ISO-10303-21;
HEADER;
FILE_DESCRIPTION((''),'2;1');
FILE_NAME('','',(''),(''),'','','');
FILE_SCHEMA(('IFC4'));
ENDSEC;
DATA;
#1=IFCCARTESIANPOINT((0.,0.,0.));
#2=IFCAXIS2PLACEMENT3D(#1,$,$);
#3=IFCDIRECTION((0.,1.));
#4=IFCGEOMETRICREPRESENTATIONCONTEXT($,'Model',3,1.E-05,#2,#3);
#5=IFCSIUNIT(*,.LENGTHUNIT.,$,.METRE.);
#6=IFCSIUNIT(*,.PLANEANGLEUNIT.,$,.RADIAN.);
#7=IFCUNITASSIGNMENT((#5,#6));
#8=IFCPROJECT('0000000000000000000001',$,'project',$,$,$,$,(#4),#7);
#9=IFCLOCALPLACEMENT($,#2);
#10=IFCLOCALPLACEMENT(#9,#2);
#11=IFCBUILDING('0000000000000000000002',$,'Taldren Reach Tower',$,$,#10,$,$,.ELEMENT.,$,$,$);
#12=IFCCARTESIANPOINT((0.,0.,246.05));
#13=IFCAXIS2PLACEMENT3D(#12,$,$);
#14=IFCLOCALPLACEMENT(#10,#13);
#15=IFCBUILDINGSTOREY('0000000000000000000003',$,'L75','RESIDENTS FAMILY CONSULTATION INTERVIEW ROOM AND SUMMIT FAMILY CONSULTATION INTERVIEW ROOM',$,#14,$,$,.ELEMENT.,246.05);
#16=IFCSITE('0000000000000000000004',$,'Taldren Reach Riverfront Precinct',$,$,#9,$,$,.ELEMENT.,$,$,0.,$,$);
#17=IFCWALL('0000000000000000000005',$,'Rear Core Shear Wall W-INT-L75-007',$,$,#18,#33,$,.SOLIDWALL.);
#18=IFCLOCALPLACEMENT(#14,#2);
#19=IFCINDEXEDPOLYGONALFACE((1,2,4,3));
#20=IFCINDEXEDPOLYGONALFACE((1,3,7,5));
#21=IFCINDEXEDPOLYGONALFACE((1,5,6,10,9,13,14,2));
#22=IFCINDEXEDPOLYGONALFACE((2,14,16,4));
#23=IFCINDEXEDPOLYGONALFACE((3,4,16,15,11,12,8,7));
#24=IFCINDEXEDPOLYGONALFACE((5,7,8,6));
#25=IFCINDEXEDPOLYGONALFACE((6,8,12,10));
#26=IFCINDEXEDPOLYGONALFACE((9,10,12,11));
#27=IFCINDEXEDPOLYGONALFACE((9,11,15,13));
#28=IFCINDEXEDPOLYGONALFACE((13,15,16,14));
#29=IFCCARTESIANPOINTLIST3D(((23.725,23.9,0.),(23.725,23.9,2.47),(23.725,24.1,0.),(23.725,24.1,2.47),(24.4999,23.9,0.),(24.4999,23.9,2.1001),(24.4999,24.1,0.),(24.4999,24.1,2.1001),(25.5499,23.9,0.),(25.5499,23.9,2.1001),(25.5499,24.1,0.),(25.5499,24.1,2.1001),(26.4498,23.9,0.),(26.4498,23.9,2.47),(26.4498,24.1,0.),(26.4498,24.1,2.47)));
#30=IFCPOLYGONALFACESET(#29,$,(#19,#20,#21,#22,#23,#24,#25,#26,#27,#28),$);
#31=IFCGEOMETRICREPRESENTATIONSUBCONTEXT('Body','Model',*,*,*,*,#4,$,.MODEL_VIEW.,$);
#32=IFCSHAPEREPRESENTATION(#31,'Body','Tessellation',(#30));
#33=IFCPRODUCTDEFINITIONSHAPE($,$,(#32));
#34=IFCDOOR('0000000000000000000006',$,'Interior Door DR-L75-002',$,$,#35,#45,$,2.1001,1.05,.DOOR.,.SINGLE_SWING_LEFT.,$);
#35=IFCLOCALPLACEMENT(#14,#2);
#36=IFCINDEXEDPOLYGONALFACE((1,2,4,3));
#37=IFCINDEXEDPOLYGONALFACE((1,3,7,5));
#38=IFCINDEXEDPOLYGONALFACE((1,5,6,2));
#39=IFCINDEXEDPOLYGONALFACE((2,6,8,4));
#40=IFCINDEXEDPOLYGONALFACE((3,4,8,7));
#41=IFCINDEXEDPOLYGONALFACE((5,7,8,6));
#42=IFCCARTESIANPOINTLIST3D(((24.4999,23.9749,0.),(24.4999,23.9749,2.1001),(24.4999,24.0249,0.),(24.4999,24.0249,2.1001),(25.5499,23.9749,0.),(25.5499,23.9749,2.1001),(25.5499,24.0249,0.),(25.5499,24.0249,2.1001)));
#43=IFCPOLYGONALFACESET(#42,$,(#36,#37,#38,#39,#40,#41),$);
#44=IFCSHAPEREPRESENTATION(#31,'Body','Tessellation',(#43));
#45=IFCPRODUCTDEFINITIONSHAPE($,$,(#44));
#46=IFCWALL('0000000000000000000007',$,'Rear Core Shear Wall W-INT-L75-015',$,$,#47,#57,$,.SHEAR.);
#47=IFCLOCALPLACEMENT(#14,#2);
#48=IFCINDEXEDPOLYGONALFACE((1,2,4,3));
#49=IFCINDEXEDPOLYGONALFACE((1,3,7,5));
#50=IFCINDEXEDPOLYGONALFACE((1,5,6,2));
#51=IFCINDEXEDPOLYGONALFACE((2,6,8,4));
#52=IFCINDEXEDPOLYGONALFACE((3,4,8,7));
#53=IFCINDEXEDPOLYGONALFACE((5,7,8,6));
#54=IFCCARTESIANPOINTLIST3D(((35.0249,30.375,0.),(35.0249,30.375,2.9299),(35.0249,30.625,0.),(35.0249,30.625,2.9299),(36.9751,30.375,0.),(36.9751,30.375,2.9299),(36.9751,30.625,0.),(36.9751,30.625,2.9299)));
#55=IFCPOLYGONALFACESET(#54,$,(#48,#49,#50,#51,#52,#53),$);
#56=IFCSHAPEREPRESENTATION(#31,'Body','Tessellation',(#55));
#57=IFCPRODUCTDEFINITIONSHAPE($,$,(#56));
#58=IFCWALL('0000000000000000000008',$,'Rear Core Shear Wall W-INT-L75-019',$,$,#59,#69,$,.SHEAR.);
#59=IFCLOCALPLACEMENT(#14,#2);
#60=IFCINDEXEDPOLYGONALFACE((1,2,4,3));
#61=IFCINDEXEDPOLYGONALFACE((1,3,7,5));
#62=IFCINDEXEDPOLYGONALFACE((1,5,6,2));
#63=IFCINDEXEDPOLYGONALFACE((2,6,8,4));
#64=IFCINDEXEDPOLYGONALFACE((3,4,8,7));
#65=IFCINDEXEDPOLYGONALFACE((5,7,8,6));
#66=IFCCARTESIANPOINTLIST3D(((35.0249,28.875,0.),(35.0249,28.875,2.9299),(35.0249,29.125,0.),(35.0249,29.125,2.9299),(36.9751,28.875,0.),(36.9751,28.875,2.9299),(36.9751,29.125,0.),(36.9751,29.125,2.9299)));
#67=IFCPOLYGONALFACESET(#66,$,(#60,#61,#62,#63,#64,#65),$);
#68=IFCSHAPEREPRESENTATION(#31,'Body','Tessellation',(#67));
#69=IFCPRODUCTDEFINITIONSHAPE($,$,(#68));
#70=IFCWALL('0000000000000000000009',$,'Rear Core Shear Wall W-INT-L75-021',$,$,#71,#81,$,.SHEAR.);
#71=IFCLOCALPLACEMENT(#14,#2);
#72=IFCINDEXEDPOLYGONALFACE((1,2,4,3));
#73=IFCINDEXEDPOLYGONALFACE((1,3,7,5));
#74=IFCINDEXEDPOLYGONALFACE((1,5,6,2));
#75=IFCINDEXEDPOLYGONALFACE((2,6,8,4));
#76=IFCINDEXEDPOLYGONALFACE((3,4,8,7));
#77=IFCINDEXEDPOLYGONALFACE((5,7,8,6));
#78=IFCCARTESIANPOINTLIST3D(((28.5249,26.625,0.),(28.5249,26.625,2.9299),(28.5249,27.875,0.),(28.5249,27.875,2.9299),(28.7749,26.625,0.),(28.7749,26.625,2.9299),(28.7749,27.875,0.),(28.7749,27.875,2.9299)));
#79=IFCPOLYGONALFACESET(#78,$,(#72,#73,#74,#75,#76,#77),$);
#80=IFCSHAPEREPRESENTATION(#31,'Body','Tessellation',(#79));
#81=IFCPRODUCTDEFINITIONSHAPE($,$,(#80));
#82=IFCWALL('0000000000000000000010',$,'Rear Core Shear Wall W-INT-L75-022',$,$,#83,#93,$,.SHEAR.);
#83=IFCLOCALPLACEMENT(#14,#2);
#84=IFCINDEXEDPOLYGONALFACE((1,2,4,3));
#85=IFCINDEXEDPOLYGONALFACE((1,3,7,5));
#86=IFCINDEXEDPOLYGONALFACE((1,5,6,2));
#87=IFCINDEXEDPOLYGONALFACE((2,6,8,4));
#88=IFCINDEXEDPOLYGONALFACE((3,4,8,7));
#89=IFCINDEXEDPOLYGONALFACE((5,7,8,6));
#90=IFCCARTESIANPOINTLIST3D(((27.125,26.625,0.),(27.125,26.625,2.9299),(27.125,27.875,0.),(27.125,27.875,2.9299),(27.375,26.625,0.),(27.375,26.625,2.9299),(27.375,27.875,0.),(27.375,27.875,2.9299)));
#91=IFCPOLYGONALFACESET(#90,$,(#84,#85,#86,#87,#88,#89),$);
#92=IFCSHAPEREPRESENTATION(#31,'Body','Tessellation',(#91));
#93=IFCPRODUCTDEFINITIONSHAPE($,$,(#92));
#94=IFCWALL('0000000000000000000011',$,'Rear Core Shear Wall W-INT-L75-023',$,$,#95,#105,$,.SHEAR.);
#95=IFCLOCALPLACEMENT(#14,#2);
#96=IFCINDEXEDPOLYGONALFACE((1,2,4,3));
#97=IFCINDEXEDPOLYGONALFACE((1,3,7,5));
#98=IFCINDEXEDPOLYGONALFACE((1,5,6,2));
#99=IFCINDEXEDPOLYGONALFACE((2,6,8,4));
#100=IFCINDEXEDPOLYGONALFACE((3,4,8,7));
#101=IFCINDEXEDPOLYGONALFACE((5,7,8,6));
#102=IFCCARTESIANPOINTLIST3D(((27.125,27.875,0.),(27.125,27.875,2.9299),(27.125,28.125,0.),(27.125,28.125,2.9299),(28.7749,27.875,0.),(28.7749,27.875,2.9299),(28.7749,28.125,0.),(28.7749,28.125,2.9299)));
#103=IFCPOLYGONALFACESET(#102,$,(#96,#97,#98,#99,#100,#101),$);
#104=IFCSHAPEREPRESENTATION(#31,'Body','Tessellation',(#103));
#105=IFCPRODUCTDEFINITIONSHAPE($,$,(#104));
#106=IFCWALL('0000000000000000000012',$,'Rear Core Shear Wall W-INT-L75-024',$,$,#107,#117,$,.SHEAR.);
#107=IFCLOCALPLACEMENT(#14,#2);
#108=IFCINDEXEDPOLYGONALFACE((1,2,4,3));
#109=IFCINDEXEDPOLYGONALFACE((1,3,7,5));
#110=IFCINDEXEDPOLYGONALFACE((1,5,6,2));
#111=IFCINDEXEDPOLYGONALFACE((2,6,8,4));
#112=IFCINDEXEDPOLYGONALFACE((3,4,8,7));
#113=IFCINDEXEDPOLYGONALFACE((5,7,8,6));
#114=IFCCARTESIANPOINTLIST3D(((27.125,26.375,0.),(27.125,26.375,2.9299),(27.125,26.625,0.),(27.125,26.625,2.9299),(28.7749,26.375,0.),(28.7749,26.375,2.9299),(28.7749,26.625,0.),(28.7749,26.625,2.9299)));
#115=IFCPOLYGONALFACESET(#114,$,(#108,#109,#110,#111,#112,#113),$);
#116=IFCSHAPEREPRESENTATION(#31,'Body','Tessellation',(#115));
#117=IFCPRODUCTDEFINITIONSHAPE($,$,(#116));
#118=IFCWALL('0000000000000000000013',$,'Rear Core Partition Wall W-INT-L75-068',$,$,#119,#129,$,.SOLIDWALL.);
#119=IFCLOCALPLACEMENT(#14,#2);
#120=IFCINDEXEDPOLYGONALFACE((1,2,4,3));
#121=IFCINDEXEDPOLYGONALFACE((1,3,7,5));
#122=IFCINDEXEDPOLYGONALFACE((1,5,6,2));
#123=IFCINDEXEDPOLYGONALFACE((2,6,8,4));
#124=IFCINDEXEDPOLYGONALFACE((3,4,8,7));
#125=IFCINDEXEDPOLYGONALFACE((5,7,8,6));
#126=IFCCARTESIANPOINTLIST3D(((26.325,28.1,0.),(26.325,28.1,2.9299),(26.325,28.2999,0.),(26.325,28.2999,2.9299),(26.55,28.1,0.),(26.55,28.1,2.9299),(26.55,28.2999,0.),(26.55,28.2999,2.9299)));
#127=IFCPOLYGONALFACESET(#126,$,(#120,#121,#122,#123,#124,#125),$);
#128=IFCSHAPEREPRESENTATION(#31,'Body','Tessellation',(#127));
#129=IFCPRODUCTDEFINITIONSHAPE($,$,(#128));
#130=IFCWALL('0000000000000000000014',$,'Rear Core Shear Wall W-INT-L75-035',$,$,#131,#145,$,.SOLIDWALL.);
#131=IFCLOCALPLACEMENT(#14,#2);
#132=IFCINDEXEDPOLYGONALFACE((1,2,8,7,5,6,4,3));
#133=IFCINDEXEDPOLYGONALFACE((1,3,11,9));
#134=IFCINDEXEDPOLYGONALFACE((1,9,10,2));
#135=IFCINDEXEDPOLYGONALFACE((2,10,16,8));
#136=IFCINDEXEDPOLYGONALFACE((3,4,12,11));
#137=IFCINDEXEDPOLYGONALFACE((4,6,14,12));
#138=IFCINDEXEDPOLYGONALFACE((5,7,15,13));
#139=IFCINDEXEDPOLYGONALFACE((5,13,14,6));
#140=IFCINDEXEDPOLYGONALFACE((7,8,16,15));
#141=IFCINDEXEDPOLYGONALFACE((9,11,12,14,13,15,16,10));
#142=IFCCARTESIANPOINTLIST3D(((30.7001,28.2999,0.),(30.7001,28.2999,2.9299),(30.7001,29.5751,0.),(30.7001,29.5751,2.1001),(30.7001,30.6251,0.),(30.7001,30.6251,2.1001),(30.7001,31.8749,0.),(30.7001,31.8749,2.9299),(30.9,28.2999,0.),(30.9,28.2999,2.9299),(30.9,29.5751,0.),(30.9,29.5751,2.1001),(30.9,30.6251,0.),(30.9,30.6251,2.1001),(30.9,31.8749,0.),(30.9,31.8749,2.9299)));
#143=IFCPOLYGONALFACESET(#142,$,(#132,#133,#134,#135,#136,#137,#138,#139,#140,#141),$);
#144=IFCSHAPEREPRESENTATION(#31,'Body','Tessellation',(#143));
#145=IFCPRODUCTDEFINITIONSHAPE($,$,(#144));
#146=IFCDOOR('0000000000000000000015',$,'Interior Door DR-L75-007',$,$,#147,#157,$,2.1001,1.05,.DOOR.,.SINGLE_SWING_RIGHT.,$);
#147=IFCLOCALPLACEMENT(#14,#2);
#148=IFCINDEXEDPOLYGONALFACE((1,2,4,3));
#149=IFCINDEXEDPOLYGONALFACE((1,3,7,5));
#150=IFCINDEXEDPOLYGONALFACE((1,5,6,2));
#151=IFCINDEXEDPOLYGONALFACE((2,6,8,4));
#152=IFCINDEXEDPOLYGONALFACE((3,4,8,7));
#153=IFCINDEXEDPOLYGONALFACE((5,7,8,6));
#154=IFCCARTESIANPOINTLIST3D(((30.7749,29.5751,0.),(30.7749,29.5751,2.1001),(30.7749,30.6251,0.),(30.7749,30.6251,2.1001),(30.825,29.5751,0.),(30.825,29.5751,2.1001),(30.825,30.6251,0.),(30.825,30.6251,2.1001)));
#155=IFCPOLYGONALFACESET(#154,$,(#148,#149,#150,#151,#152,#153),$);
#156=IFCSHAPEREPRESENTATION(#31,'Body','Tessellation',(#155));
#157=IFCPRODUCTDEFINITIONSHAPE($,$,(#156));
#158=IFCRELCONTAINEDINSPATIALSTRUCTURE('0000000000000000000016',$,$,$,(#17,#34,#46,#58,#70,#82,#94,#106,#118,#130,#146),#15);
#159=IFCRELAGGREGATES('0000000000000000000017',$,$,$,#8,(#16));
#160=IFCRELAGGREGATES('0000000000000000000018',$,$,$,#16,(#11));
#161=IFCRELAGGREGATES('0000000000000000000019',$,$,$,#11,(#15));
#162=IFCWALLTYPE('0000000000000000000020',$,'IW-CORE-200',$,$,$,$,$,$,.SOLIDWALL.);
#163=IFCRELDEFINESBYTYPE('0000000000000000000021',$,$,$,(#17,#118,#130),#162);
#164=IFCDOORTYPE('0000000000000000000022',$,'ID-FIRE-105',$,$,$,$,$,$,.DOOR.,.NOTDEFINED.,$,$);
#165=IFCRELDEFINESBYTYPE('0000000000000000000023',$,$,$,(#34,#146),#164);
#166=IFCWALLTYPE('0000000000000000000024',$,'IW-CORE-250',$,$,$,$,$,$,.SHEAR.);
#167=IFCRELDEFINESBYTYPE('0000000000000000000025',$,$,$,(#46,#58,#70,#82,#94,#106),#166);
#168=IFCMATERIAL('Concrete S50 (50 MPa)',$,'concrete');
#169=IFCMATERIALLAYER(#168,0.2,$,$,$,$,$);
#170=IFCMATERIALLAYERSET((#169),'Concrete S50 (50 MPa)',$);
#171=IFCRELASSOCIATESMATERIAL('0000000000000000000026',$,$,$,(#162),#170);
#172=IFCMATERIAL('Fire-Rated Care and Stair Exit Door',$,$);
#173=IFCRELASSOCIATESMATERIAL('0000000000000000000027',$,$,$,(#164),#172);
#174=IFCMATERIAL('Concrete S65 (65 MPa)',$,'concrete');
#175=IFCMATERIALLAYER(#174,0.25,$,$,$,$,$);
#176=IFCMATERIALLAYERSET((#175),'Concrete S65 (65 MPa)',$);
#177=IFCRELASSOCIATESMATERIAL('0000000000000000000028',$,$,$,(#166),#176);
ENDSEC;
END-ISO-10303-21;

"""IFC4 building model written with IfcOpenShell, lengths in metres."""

from ifc_helpers import new_model, si_unit, direction, frame, frame_2d, origin, place, context, subcontext, project, spatial, rectangle, extrude, source, transform, mapped, material, layer, layer_set, type_object, element, fill, save


model = new_model("IFC4")

# Units and contexts
model_context = context("Model", 3, precision=1e-05, world=origin(), true_north=direction((0.0, 1.0)))
body_context = subcontext(model_context, "Body", "Model", "MODEL_VIEW")
ifc_project = project(units=[si_unit("LENGTHUNIT", "METRE"), si_unit("PLANEANGLEUNIT", "RADIAN")], contexts=[model_context])

# Site, building, storey
site_placement = place(None, origin())
site = spatial("IfcSite", under=ifc_project, at=site_placement, Name="Taldren Reach Riverfront Precinct", CompositionType="ELEMENT", RefElevation=0.0)
building_placement = place(site_placement, origin())
building = spatial("IfcBuilding", under=site, at=building_placement, Name="Taldren Reach Tower", CompositionType="ELEMENT")
storey_placement = place(building_placement, frame((0.0, 0.0, 246.05)))
storey = spatial("IfcBuildingStorey", under=building, at=storey_placement, Name="L75", Description="RESIDENTS FAMILY CONSULTATION INTERVIEW ROOM AND SUMMIT FAMILY CONSULTATION INTERVIEW ROOM", CompositionType="ELEMENT", Elevation=246.05)

# Shared definitions
ifc_material_1 = material(Name="Concrete S50 (50 MPa)", Category="concrete")
ifc_layer_1 = layer(ifc_material_1, 0.2)
ifc_layer_set_1 = layer_set([ifc_layer_1], Name="Concrete S50 (50 MPa)")
wall_type_1 = type_object("IfcWallType", Name="IW-CORE-200", PredefinedType="SOLIDWALL", material=ifc_layer_set_1)
shared_shape_1 = source(origin(), body_context, "Body", "SweptSolid", [
    extrude(rectangle(XDim=1.05, YDim=2.1001, at=frame_2d((0.5249, 1.05))), frame((0.0, 0.1099, 0.0), z_axis=(0.0, -1.0, 0.0), x_axis=(1.0, 0.0, 0.0)), (0.0, 0.0, 1.0), 0.22),
])
ifc_material_2 = material(Name="Fire-Rated Care and Stair Exit Door")
door_type_1 = type_object("IfcDoorType", Name="ID-FIRE-105", OperationType="NOTDEFINED", PredefinedType="DOOR", material=ifc_material_2)
shared_shape_2 = source(origin(), body_context, "Body", "SweptSolid", [
    extrude(rectangle(XDim=1.05, YDim=2.1001, at=frame_2d((0.5249, 1.05))), frame((0.0, 0.0249, 0.0), z_axis=(0.0, -1.0, 0.0), x_axis=(1.0, 0.0, 0.0)), (0.0, 0.0, 1.0), 0.05),
])

# Shared definitions
ifc_material_3 = material(Name="Concrete S65 (65 MPa)", Category="concrete")
ifc_layer_2 = layer(ifc_material_3, 0.25)
ifc_layer_set_2 = layer_set([ifc_layer_2], Name="Concrete S65 (65 MPa)")
wall_type_2 = type_object("IfcWallType", Name="IW-CORE-250", PredefinedType="SHEAR", material=ifc_layer_set_2)

# Wall, opening, door
shared_shape_3 = source(origin(), body_context, "Body", "SweptSolid", [
    extrude(rectangle(XDim=2.7249, YDim=0.2, at=frame_2d((1.3623, 0.0))), origin(), (0.0, 0.0, 1.0), 2.47),
])
wall_1_placement = place(storey_placement, frame((23.7251, 24.0, 0.0), z_axis=(0.0, 0.0, 1.0), x_axis=(1.0, 0.0, 0.0)))
wall_1 = element("IfcWall", 1, at=wall_1_placement, inside=storey, type_object=wall_type_1, Name="Rear Core Shear Wall W-INT-L75-007", PredefinedType="SOLIDWALL", context=body_context, shape_type="MappedRepresentation", body=[
    mapped(shared_shape_3, transform((0.0, 0.0, 0.0), scale=1.0)),
])
opening_1_placement = place(wall_1_placement, frame((0.7749, 0.0, 0.0)))
opening_1 = element("IfcOpeningElement", 2, at=opening_1_placement, cuts=wall_1, PredefinedType="OPENING", context=body_context, shape_type="MappedRepresentation", body=[
    mapped(shared_shape_1, transform((0.0, 0.0, 0.0), scale=1.0)),
])
door_1_placement = place(opening_1_placement, origin())
door_1 = element("IfcDoor", 3, at=door_1_placement, inside=storey, type_object=door_type_1, Name="Interior Door DR-L75-002", OperationType="SINGLE_SWING_LEFT", OverallHeight=2.1001, OverallWidth=1.05, PredefinedType="DOOR", context=body_context, shape_type="MappedRepresentation", body=[
    mapped(shared_shape_2, transform((0.0, 0.0, 0.0), scale=1.0)),
])
fill(opening_1, door_1)

# Walls
shared_shape_4 = source(origin(), body_context, "Body", "SweptSolid", [
    extrude(rectangle(XDim=1.9502, YDim=0.25, at=frame_2d((0.9751, 0.0))), origin(), (0.0, 0.0, 1.0), 2.9299),
])
for number, where, z_axis, x_axis, name in (
    (4, (35.0249, 30.5, 0.0), (0.0, 0.0, 1.0), (1.0, 0.0, 0.0), "Rear Core Shear Wall W-INT-L75-015"),
    (5, (35.0249, 29.0, 0.0), (0.0, 0.0, 1.0), (1.0, 0.0, 0.0), "Rear Core Shear Wall W-INT-L75-019"),
):
    element("IfcWall", number, at=place(storey_placement, frame(where, z_axis=z_axis, x_axis=x_axis)), inside=storey, type_object=wall_type_2, Name=name, PredefinedType="SHEAR", context=body_context, shape_type="MappedRepresentation", body=[
        mapped(shared_shape_4, transform((0.0, 0.0, 0.0), scale=1.0)),
    ])
shared_shape_5 = source(origin(), body_context, "Body", "SweptSolid", [
    extrude(rectangle(XDim=1.25, YDim=0.25, at=frame_2d((0.625, 0.0))), origin(), (0.0, 0.0, 1.0), 2.9299),
])
for number, where, z_axis, x_axis, name in (
    (6, (28.6499, 26.625, 0.0), (0.0, 0.0, 1.0), (0.0, 1.0, 0.0), "Rear Core Shear Wall W-INT-L75-021"),
    (7, (27.25, 27.875, 0.0), (0.0, 0.0, 1.0), (0.0, -1.0, 0.0), "Rear Core Shear Wall W-INT-L75-022"),
):
    element("IfcWall", number, at=place(storey_placement, frame(where, z_axis=z_axis, x_axis=x_axis)), inside=storey, type_object=wall_type_2, Name=name, PredefinedType="SHEAR", context=body_context, shape_type="MappedRepresentation", body=[
        mapped(shared_shape_5, transform((0.0, 0.0, 0.0), scale=1.0)),
    ])
shared_shape_6 = source(origin(), body_context, "Body", "SweptSolid", [
    extrude(rectangle(XDim=1.6499, YDim=0.25, at=frame_2d((0.825, 0.0))), origin(), (0.0, 0.0, 1.0), 2.9299),
])
for number, where, z_axis, x_axis, name in (
    (8, (28.7749, 28.0, 0.0), (0.0, 0.0, 1.0), (-1.0, 0.0, 0.0), "Rear Core Shear Wall W-INT-L75-023"),
    (9, (27.125, 26.5, 0.0), (0.0, 0.0, 1.0), (1.0, 0.0, 0.0), "Rear Core Shear Wall W-INT-L75-024"),
):
    element("IfcWall", number, at=place(storey_placement, frame(where, z_axis=z_axis, x_axis=x_axis)), inside=storey, type_object=wall_type_2, Name=name, PredefinedType="SHEAR", context=body_context, shape_type="MappedRepresentation", body=[
        mapped(shared_shape_6, transform((0.0, 0.0, 0.0), scale=1.0)),
    ])
shared_shape_7 = source(origin(), body_context, "Body", "SweptSolid", [
    extrude(rectangle(XDim=0.2251, YDim=0.2, at=frame_2d((0.1125, 0.0))), origin(), (0.0, 0.0, 1.0), 2.9299),
])
wall_2_placement = place(storey_placement, frame((26.325, 28.2, 0.0), z_axis=(0.0, 0.0, 1.0), x_axis=(1.0, 0.0, 0.0)))
element("IfcWall", 10, at=wall_2_placement, inside=storey, type_object=wall_type_1, Name="Rear Core Partition Wall W-INT-L75-068", PredefinedType="SOLIDWALL", context=body_context, shape_type="MappedRepresentation", body=[
    mapped(shared_shape_7, transform((0.0, 0.0, 0.0), scale=1.0)),
])

# Wall, opening, door
shared_shape_8 = source(origin(), body_context, "Body", "SweptSolid", [
    extrude(rectangle(XDim=3.575, YDim=0.2, at=frame_2d((1.7876, 0.0))), origin(), (0.0, 0.0, 1.0), 2.9299),
])
wall_3_placement = place(storey_placement, frame((30.8, 31.875, 0.0), z_axis=(0.0, 0.0, 1.0), x_axis=(0.0, -1.0, 0.0)))
wall_3 = element("IfcWall", 11, at=wall_3_placement, inside=storey, type_object=wall_type_1, Name="Rear Core Shear Wall W-INT-L75-035", PredefinedType="SOLIDWALL", context=body_context, shape_type="MappedRepresentation", body=[
    mapped(shared_shape_8, transform((0.0, 0.0, 0.0), scale=1.0)),
])
opening_2_placement = place(wall_3_placement, frame((1.25, 0.0, 0.0)))
opening_2 = element("IfcOpeningElement", 12, at=opening_2_placement, cuts=wall_3, PredefinedType="OPENING", context=body_context, shape_type="MappedRepresentation", body=[
    mapped(shared_shape_1, transform((0.0, 0.0, 0.0), scale=1.0)),
])
door_2_placement = place(opening_2_placement, origin())
door_2 = element("IfcDoor", 13, at=door_2_placement, inside=storey, type_object=door_type_1, Name="Interior Door DR-L75-007", OperationType="SINGLE_SWING_RIGHT", OverallHeight=2.1001, OverallWidth=1.05, PredefinedType="DOOR", context=body_context, shape_type="MappedRepresentation", body=[
    mapped(shared_shape_2, transform((0.0, 0.0, 0.0), scale=1.0)),
])
fill(opening_2, door_2)

save(model, "model.ifc")
